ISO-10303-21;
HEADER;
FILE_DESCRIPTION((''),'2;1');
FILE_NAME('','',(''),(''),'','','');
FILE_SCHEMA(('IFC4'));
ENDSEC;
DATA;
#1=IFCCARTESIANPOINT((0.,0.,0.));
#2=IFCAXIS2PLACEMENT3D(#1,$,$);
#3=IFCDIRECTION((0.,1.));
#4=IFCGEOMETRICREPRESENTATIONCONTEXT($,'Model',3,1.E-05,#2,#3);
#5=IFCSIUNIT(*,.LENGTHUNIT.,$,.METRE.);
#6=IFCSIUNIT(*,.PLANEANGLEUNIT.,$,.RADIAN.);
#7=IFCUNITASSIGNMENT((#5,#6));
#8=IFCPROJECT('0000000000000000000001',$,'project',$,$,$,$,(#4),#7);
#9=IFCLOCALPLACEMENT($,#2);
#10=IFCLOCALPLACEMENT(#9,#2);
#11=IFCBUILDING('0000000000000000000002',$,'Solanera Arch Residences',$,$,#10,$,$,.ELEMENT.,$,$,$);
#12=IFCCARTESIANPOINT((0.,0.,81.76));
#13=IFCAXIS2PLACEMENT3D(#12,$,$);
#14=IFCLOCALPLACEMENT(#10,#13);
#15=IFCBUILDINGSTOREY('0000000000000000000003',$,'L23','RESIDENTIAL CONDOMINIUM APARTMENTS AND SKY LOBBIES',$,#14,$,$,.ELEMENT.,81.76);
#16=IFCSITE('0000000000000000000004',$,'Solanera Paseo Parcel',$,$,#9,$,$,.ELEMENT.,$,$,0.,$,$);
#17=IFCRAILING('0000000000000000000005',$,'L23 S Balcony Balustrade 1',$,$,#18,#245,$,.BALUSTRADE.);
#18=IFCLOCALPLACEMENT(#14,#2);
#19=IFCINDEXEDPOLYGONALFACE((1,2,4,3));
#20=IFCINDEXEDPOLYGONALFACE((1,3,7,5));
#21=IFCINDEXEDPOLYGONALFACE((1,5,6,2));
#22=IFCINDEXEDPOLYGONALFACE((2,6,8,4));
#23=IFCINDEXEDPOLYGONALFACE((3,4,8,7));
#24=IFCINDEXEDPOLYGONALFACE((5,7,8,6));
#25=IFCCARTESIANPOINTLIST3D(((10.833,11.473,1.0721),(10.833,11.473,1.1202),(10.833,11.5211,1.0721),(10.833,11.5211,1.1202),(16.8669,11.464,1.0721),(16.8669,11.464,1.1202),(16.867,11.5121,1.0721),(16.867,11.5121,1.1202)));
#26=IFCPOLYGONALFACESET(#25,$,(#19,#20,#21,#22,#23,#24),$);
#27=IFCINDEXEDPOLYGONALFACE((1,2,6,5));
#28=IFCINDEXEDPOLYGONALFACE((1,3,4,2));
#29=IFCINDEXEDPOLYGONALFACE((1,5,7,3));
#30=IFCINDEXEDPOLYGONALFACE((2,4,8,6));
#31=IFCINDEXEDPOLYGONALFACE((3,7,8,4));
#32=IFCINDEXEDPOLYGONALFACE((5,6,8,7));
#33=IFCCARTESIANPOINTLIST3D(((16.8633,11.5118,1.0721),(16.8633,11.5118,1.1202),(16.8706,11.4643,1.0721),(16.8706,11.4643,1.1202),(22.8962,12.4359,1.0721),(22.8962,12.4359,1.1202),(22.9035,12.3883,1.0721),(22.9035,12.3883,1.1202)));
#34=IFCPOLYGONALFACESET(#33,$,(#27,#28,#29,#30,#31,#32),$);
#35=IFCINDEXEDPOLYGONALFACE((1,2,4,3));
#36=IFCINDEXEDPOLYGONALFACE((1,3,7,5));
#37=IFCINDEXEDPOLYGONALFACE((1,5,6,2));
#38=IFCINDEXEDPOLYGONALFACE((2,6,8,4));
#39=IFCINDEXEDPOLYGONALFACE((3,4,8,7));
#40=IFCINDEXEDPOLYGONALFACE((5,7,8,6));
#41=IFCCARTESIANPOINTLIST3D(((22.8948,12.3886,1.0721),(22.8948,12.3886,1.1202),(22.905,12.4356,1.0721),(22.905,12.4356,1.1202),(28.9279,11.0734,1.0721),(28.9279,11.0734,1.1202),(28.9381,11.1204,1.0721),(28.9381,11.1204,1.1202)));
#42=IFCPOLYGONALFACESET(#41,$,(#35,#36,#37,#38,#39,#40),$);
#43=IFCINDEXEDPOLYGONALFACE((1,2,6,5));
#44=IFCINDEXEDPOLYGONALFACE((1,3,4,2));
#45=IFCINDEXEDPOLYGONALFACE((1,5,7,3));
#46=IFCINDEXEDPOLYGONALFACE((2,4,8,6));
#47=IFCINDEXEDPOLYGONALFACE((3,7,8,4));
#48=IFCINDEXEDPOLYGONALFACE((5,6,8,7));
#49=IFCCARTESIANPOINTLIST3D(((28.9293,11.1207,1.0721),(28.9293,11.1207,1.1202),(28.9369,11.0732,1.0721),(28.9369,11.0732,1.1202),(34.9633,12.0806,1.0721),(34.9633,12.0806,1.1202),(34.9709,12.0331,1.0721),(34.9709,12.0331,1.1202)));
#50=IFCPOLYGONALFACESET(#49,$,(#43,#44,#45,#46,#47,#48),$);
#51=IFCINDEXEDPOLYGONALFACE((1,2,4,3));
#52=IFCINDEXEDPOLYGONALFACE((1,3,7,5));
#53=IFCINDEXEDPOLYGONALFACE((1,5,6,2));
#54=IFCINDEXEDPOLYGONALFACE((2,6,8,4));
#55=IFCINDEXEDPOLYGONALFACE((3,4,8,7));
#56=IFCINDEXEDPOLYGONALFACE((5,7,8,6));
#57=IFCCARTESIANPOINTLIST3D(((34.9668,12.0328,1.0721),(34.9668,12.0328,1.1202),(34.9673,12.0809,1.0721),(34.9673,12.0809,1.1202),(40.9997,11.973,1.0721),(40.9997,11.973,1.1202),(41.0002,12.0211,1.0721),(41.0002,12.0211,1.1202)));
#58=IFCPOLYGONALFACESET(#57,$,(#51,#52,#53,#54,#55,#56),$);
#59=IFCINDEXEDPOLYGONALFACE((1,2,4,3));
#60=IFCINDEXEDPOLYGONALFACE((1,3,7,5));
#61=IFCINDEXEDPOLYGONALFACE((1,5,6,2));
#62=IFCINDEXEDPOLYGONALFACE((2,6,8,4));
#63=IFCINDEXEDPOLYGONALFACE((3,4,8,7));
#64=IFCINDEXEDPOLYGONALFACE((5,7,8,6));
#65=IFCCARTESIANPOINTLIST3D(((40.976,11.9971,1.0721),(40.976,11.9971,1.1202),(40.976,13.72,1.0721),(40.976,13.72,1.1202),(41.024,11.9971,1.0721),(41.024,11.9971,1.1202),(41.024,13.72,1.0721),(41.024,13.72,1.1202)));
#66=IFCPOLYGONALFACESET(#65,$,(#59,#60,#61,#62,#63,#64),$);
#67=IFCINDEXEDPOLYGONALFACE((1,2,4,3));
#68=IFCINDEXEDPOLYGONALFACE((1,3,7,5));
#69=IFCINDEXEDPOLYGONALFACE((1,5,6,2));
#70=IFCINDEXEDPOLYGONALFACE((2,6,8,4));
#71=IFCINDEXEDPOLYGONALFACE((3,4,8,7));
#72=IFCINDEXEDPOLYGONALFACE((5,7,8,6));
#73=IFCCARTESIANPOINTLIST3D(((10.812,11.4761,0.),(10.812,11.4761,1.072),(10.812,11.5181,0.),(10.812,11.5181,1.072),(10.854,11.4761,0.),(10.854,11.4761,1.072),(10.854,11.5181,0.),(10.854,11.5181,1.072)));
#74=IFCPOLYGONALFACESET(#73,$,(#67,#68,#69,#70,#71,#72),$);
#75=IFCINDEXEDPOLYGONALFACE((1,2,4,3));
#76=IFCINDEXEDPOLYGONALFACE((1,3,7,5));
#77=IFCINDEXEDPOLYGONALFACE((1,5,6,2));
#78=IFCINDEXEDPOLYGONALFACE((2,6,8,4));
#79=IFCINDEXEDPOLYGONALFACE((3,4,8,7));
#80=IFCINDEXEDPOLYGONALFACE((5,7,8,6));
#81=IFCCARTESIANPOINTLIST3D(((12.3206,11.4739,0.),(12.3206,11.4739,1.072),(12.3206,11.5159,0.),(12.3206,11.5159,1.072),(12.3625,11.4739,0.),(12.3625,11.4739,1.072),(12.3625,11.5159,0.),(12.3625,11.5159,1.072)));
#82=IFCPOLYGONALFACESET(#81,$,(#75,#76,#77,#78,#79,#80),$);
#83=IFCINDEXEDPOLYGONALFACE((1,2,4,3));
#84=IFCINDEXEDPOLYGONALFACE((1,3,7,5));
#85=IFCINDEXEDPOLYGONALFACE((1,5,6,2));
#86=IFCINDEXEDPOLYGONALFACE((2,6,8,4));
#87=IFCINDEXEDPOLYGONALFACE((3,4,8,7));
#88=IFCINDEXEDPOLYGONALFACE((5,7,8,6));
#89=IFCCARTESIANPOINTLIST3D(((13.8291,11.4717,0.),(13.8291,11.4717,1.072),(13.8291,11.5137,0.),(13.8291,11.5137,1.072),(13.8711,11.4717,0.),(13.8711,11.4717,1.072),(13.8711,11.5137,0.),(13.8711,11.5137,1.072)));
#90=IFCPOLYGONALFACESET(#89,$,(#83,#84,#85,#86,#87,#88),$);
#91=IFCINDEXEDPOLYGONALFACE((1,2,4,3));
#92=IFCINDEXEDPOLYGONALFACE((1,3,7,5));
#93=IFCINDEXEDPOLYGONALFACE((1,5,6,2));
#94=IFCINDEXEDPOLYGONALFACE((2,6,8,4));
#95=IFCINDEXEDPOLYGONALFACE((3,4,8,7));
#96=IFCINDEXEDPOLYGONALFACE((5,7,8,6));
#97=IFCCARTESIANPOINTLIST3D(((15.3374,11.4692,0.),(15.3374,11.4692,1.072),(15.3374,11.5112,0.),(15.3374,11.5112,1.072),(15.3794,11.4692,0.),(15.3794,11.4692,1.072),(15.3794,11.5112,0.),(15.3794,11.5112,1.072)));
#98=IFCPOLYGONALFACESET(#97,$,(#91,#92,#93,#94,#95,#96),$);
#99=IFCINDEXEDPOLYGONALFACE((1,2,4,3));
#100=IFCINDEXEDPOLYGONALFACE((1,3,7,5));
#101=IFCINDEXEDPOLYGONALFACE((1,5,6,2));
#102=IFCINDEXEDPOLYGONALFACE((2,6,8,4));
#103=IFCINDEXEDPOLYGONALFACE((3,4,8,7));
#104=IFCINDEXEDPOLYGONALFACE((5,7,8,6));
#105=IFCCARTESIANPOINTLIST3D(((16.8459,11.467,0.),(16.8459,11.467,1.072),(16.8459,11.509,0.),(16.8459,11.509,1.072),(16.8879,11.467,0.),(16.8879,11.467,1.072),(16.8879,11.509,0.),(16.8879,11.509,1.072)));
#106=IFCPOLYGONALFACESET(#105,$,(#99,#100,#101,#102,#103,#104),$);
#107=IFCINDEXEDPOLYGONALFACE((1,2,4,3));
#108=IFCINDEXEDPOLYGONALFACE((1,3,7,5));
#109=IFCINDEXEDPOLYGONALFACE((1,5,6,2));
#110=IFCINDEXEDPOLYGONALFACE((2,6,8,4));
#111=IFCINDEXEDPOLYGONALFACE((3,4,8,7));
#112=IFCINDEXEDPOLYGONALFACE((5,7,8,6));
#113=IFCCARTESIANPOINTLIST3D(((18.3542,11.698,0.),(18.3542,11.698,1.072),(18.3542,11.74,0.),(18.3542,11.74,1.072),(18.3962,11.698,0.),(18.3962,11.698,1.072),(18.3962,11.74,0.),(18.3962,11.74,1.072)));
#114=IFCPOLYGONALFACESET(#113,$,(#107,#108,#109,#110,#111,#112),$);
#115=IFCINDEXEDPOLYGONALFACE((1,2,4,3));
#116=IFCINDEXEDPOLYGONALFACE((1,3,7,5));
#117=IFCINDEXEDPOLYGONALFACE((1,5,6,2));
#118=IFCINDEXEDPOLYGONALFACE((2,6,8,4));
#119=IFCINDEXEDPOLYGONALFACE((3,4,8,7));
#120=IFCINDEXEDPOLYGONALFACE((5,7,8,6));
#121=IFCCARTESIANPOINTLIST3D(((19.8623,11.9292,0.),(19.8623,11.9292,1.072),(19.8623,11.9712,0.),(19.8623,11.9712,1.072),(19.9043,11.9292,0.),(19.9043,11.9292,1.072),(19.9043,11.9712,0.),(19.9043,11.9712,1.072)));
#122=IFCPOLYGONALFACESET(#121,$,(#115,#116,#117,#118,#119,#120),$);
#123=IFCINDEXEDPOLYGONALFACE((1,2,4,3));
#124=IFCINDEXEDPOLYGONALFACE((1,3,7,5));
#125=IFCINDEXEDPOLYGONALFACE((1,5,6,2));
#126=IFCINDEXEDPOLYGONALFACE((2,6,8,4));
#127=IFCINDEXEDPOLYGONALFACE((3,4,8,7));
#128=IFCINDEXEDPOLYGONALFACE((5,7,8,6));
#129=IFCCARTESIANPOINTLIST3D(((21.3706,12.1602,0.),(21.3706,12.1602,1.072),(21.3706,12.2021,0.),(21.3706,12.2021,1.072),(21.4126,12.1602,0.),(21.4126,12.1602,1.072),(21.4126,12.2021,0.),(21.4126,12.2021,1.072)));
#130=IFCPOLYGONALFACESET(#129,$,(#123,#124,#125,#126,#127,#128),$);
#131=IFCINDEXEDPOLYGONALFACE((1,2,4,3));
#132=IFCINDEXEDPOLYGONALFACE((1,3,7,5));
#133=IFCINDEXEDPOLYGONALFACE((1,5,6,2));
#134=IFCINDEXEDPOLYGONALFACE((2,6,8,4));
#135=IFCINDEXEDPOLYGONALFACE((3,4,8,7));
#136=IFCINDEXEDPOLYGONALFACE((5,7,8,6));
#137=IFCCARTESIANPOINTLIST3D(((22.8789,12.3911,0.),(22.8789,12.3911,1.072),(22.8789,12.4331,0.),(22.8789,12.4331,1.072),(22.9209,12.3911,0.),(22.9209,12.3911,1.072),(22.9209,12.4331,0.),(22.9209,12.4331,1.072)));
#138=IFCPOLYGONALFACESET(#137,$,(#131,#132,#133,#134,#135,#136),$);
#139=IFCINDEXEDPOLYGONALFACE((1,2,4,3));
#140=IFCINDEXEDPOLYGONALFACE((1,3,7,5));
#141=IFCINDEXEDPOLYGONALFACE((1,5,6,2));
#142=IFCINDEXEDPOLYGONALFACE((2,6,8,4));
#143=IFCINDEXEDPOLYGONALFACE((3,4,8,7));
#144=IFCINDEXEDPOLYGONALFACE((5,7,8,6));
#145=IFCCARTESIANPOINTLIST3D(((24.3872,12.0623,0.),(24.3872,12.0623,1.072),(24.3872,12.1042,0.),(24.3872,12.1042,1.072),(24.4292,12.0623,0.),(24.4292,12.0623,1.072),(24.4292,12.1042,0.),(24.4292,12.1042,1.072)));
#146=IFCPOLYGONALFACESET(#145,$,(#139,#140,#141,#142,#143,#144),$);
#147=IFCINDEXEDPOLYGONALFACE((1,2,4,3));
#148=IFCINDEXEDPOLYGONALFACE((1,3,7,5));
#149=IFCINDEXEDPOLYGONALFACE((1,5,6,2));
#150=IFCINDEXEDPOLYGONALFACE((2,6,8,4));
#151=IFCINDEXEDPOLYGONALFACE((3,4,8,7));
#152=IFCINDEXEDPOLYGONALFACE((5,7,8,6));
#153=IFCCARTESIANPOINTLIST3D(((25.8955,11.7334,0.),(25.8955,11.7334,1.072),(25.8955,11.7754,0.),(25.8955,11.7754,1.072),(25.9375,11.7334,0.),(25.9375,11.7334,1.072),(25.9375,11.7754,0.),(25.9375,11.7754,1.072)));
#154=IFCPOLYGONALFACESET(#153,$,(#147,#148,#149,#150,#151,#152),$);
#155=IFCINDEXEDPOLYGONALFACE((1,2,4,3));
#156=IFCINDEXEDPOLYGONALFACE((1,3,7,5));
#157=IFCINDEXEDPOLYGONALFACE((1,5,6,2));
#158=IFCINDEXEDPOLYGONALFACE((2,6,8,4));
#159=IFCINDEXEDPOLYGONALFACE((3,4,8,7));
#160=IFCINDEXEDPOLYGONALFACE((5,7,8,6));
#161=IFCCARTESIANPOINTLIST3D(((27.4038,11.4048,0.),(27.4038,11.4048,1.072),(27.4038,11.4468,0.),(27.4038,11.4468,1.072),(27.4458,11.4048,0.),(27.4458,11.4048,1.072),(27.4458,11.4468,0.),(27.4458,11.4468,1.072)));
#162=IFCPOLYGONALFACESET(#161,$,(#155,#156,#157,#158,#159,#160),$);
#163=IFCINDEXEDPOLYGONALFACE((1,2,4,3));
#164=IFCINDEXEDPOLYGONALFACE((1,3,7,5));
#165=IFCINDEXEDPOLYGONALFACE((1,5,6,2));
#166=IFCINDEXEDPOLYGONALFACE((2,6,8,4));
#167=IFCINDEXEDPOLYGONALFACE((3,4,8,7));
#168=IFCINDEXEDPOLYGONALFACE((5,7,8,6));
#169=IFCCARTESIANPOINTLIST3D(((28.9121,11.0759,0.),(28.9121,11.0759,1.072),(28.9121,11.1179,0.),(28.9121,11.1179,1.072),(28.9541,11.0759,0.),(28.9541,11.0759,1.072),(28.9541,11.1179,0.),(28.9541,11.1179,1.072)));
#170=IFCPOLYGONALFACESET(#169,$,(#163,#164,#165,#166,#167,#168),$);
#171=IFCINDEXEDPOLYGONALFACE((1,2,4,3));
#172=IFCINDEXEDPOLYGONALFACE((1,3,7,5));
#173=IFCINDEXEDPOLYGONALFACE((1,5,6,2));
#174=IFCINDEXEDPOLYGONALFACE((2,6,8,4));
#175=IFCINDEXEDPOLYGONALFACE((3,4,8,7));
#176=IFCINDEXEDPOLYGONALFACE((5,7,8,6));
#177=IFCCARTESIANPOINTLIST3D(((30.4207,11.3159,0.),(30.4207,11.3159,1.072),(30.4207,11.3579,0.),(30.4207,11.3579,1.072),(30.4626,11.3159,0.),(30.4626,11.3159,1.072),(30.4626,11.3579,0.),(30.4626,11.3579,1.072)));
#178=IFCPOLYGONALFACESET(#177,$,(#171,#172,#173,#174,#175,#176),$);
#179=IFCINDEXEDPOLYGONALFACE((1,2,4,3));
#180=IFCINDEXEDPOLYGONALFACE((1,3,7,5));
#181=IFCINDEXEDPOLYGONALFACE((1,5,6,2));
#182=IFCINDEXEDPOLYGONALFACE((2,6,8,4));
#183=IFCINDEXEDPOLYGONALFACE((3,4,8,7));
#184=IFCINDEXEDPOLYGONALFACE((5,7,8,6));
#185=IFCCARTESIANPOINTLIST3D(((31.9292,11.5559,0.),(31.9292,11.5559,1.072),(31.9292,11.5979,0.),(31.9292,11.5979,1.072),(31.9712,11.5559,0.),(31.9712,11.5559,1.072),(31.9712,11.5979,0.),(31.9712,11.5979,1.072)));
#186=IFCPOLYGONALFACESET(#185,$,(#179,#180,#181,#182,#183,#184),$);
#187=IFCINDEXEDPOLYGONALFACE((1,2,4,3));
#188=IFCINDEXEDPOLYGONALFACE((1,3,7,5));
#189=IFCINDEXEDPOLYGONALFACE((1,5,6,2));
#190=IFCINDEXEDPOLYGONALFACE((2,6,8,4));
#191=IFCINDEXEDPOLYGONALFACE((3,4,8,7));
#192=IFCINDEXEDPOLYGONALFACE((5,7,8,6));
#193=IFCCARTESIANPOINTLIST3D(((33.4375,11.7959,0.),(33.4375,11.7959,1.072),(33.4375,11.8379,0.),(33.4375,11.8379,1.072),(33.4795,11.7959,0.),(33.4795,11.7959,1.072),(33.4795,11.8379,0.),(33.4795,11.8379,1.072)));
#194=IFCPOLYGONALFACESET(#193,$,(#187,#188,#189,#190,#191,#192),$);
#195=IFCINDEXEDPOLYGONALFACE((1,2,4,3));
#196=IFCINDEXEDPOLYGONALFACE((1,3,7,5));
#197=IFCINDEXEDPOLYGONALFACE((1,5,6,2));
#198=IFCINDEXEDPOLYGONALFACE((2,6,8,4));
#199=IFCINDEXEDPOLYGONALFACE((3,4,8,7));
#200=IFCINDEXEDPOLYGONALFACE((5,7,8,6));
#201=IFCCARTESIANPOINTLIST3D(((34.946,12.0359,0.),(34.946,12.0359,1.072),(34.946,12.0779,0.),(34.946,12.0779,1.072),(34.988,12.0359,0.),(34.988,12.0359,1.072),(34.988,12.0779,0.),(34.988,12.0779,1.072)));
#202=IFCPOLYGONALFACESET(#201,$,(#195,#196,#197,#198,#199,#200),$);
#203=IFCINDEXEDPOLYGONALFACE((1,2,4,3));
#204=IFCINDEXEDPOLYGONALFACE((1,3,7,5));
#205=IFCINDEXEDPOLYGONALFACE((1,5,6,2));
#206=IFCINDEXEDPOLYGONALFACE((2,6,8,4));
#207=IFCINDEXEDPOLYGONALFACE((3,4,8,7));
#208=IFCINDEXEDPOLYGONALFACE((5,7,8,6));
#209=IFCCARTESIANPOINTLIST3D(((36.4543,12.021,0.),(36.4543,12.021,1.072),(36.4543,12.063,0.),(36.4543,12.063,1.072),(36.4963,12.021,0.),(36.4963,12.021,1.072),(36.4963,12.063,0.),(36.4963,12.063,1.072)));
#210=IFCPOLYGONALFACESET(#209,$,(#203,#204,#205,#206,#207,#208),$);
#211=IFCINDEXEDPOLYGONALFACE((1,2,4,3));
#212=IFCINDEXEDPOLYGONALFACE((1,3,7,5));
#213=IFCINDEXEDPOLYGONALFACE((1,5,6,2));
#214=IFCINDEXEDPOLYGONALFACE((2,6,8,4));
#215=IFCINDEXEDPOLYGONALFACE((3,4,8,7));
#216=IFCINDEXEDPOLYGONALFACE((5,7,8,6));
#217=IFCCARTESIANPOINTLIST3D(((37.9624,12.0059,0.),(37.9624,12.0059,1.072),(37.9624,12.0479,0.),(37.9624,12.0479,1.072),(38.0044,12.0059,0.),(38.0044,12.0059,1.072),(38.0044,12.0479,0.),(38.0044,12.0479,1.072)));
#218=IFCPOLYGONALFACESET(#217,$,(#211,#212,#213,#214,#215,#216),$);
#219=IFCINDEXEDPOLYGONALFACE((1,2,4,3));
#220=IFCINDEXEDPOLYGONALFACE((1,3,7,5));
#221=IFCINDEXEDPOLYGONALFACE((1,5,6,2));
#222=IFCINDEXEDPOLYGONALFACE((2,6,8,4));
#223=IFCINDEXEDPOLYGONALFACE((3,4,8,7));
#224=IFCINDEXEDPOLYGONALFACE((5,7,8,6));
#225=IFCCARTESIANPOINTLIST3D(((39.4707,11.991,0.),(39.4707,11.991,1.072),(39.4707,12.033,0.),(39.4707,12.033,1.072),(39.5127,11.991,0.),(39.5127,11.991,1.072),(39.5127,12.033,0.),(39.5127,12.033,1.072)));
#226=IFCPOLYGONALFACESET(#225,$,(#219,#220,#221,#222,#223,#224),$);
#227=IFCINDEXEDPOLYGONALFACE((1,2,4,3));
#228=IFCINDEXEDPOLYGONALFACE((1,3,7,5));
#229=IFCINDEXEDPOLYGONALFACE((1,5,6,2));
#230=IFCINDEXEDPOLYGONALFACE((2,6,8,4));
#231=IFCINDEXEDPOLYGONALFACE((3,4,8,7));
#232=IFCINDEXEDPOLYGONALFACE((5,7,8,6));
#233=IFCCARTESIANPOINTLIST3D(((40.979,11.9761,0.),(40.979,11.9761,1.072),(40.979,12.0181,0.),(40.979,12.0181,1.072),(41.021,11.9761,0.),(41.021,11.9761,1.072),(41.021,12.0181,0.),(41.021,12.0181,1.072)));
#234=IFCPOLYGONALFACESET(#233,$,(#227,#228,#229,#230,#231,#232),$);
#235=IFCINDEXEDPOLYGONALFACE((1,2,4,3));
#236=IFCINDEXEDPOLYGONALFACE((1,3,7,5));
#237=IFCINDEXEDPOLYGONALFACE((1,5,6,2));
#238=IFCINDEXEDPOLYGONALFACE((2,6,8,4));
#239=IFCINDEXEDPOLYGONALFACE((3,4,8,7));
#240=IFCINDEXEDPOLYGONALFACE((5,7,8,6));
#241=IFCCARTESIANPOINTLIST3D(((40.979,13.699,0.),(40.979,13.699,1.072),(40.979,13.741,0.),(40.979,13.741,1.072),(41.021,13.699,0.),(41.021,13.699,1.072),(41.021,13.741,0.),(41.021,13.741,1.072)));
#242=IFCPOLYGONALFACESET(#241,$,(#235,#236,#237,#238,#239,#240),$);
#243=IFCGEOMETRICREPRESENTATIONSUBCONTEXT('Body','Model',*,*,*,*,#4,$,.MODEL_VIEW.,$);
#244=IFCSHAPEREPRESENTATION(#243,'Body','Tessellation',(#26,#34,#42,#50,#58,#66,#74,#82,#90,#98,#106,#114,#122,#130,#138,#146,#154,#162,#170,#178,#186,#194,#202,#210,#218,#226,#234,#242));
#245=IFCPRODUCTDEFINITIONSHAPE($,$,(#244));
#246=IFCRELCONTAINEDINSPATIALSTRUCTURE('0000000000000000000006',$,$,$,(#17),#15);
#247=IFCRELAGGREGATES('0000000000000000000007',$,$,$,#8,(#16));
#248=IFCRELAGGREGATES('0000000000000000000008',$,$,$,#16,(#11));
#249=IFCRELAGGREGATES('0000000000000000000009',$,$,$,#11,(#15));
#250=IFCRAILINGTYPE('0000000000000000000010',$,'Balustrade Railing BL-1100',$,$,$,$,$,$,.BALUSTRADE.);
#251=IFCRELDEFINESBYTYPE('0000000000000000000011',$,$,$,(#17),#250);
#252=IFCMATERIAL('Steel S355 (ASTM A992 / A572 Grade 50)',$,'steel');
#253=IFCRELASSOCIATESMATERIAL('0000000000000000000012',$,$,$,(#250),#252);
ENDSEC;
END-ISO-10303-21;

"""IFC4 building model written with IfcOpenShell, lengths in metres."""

from ifc_helpers import new_model, si_unit, direction, frame, origin, origin_2d, place, context, subcontext, project, spatial, rectangle, extrude, material, type_object, element, save


model = new_model("IFC4")

# Units and contexts
model_context = context("Model", 3, precision=1e-05, world=origin(), true_north=direction((0.0, 1.0)))
body_context = subcontext(model_context, "Body", "Model", "MODEL_VIEW")
ifc_project = project(units=[si_unit("LENGTHUNIT", "METRE"), si_unit("PLANEANGLEUNIT", "RADIAN")], contexts=[model_context])

# Site, building, storey
site_placement = place(None, origin())
site = spatial("IfcSite", under=ifc_project, at=site_placement, Name="Solanera Paseo Parcel", CompositionType="ELEMENT", RefElevation=0.0)
building_placement = place(site_placement, origin())
building = spatial("IfcBuilding", under=site, at=building_placement, Name="Solanera Arch Residences", CompositionType="ELEMENT")
storey_placement = place(building_placement, frame((0.0, 0.0, 81.76)))
storey = spatial("IfcBuildingStorey", under=building, at=storey_placement, Name="L23", Description="RESIDENTIAL CONDOMINIUM APARTMENTS AND SKY LOBBIES", CompositionType="ELEMENT", Elevation=81.76)

# Railing
ifc_material_1 = material(Name="Steel S355 (ASTM A992 / A572 Grade 50)", Category="steel")
railing_type = type_object("IfcRailingType", Name="Balustrade Railing BL-1100", PredefinedType="BALUSTRADE", material=ifc_material_1)
railing_placement = place(storey_placement, frame((10.833, 11.4971, 0.0)))
element("IfcRailing", 1, at=railing_placement, inside=storey, type_object=railing_type, Name="L23 S Balcony Balustrade 1", PredefinedType="BALUSTRADE", context=body_context, shape_type="SweptSolid", body=[
    extrude(rectangle(XDim=0.0481, YDim=0.0481, at=origin_2d()), frame((0.0, 0.0, 1.0962), z_axis=(0.999999, -0.001497, 0.0), x_axis=(0.001497, 0.999999, 0.0)), (0.0, 0.0, 1.0), 6.0339),
    extrude(rectangle(XDim=0.0481, YDim=0.0481, at=origin_2d()), frame((6.0339, -0.009, 1.0962), z_axis=(0.988472, 0.151405, 0.0), x_axis=(-0.151405, 0.988472, 0.0)), (0.0, 0.0, 1.0), 6.1033),
    extrude(rectangle(XDim=0.0481, YDim=0.0481, at=origin_2d()), frame((12.0669, 0.915, 1.0962), z_axis=(0.977055, -0.212989, 0.0), x_axis=(0.212989, 0.977055, 0.0)), (0.0, 0.0, 1.0), 6.1748),
    extrude(rectangle(XDim=0.0481, YDim=0.0481, at=origin_2d()), frame((18.1001, -0.4001, 1.0962), z_axis=(0.98758, 0.157118, 0.0), x_axis=(-0.157118, 0.98758, 0.0)), (0.0, 0.0, 1.0), 6.1099),
    extrude(rectangle(XDim=0.0481, YDim=0.0481, at=origin_2d()), frame((24.134, 0.5598, 1.0962), z_axis=(0.999951, -0.009914, 0.0), x_axis=(0.009914, 0.999951, 0.0)), (0.0, 0.0, 1.0), 6.0332),
    extrude(rectangle(XDim=0.0481, YDim=0.0481, at=origin_2d()), frame((30.167, 0.5, 1.0962), z_axis=(0.0, 1.0, 0.0), x_axis=(-1.0, 0.0, 0.0)), (0.0, 0.0, 1.0), 1.7229),
    extrude(rectangle(XDim=0.042, YDim=0.042, at=origin_2d()), origin(), (0.0, 0.0, 1.0), 1.072),
    extrude(rectangle(XDim=0.042, YDim=0.042, at=origin_2d()), frame((1.5085, -0.0022, 0.0)), (0.0, 0.0, 1.0), 1.072),
    extrude(rectangle(XDim=0.042, YDim=0.042, at=origin_2d()), frame((3.0171, -0.0044, 0.0)), (0.0, 0.0, 1.0), 1.072),
    extrude(rectangle(XDim=0.042, YDim=0.042, at=origin_2d()), frame((4.5254, -0.0068, 0.0)), (0.0, 0.0, 1.0), 1.072),
    extrude(rectangle(XDim=0.042, YDim=0.042, at=origin_2d()), frame((6.0339, -0.009, 0.0)), (0.0, 0.0, 1.0), 1.072),
    extrude(rectangle(XDim=0.042, YDim=0.042, at=origin_2d()), frame((7.5422, 0.2219, 0.0)), (0.0, 0.0, 1.0), 1.072),
    extrude(rectangle(XDim=0.042, YDim=0.042, at=origin_2d()), frame((9.0503, 0.4531, 0.0)), (0.0, 0.0, 1.0), 1.072),
    extrude(rectangle(XDim=0.042, YDim=0.042, at=origin_2d()), frame((10.5586, 0.6841, 0.0)), (0.0, 0.0, 1.0), 1.072),
    extrude(rectangle(XDim=0.042, YDim=0.042, at=origin_2d()), frame((12.0669, 0.915, 0.0)), (0.0, 0.0, 1.0), 1.072),
    extrude(rectangle(XDim=0.042, YDim=0.042, at=origin_2d()), frame((13.5752, 0.5862, 0.0)), (0.0, 0.0, 1.0), 1.072),
    extrude(rectangle(XDim=0.042, YDim=0.042, at=origin_2d()), frame((15.0835, 0.2573, 0.0)), (0.0, 0.0, 1.0), 1.072),
    extrude(rectangle(XDim=0.042, YDim=0.042, at=origin_2d()), frame((16.5918, -0.0713, 0.0)), (0.0, 0.0, 1.0), 1.072),
    extrude(rectangle(XDim=0.042, YDim=0.042, at=origin_2d()), frame((18.1001, -0.4001, 0.0)), (0.0, 0.0, 1.0), 1.072),
    extrude(rectangle(XDim=0.042, YDim=0.042, at=origin_2d()), frame((19.6086, -0.1602, 0.0)), (0.0, 0.0, 1.0), 1.072),
    extrude(rectangle(XDim=0.042, YDim=0.042, at=origin_2d()), frame((21.1172, 0.0798, 0.0)), (0.0, 0.0, 1.0), 1.072),
    extrude(rectangle(XDim=0.042, YDim=0.042, at=origin_2d()), frame((22.6255, 0.3198, 0.0)), (0.0, 0.0, 1.0), 1.072),
    extrude(rectangle(XDim=0.042, YDim=0.042, at=origin_2d()), frame((24.134, 0.5598, 0.0)), (0.0, 0.0, 1.0), 1.072),
    extrude(rectangle(XDim=0.042, YDim=0.042, at=origin_2d()), frame((25.6423, 0.5449, 0.0)), (0.0, 0.0, 1.0), 1.072),
    extrude(rectangle(XDim=0.042, YDim=0.042, at=origin_2d()), frame((27.1504, 0.5298, 0.0)), (0.0, 0.0, 1.0), 1.072),
    extrude(rectangle(XDim=0.042, YDim=0.042, at=origin_2d()), frame((28.6587, 0.5149, 0.0)), (0.0, 0.0, 1.0), 1.072),
    extrude(rectangle(XDim=0.042, YDim=0.042, at=origin_2d()), frame((30.167, 0.5, 0.0)), (0.0, 0.0, 1.0), 1.072),
    extrude(rectangle(XDim=0.042, YDim=0.042, at=origin_2d()), frame((30.167, 2.2229, 0.0)), (0.0, 0.0, 1.0), 1.072),
])

save(model, "model.ifc")
